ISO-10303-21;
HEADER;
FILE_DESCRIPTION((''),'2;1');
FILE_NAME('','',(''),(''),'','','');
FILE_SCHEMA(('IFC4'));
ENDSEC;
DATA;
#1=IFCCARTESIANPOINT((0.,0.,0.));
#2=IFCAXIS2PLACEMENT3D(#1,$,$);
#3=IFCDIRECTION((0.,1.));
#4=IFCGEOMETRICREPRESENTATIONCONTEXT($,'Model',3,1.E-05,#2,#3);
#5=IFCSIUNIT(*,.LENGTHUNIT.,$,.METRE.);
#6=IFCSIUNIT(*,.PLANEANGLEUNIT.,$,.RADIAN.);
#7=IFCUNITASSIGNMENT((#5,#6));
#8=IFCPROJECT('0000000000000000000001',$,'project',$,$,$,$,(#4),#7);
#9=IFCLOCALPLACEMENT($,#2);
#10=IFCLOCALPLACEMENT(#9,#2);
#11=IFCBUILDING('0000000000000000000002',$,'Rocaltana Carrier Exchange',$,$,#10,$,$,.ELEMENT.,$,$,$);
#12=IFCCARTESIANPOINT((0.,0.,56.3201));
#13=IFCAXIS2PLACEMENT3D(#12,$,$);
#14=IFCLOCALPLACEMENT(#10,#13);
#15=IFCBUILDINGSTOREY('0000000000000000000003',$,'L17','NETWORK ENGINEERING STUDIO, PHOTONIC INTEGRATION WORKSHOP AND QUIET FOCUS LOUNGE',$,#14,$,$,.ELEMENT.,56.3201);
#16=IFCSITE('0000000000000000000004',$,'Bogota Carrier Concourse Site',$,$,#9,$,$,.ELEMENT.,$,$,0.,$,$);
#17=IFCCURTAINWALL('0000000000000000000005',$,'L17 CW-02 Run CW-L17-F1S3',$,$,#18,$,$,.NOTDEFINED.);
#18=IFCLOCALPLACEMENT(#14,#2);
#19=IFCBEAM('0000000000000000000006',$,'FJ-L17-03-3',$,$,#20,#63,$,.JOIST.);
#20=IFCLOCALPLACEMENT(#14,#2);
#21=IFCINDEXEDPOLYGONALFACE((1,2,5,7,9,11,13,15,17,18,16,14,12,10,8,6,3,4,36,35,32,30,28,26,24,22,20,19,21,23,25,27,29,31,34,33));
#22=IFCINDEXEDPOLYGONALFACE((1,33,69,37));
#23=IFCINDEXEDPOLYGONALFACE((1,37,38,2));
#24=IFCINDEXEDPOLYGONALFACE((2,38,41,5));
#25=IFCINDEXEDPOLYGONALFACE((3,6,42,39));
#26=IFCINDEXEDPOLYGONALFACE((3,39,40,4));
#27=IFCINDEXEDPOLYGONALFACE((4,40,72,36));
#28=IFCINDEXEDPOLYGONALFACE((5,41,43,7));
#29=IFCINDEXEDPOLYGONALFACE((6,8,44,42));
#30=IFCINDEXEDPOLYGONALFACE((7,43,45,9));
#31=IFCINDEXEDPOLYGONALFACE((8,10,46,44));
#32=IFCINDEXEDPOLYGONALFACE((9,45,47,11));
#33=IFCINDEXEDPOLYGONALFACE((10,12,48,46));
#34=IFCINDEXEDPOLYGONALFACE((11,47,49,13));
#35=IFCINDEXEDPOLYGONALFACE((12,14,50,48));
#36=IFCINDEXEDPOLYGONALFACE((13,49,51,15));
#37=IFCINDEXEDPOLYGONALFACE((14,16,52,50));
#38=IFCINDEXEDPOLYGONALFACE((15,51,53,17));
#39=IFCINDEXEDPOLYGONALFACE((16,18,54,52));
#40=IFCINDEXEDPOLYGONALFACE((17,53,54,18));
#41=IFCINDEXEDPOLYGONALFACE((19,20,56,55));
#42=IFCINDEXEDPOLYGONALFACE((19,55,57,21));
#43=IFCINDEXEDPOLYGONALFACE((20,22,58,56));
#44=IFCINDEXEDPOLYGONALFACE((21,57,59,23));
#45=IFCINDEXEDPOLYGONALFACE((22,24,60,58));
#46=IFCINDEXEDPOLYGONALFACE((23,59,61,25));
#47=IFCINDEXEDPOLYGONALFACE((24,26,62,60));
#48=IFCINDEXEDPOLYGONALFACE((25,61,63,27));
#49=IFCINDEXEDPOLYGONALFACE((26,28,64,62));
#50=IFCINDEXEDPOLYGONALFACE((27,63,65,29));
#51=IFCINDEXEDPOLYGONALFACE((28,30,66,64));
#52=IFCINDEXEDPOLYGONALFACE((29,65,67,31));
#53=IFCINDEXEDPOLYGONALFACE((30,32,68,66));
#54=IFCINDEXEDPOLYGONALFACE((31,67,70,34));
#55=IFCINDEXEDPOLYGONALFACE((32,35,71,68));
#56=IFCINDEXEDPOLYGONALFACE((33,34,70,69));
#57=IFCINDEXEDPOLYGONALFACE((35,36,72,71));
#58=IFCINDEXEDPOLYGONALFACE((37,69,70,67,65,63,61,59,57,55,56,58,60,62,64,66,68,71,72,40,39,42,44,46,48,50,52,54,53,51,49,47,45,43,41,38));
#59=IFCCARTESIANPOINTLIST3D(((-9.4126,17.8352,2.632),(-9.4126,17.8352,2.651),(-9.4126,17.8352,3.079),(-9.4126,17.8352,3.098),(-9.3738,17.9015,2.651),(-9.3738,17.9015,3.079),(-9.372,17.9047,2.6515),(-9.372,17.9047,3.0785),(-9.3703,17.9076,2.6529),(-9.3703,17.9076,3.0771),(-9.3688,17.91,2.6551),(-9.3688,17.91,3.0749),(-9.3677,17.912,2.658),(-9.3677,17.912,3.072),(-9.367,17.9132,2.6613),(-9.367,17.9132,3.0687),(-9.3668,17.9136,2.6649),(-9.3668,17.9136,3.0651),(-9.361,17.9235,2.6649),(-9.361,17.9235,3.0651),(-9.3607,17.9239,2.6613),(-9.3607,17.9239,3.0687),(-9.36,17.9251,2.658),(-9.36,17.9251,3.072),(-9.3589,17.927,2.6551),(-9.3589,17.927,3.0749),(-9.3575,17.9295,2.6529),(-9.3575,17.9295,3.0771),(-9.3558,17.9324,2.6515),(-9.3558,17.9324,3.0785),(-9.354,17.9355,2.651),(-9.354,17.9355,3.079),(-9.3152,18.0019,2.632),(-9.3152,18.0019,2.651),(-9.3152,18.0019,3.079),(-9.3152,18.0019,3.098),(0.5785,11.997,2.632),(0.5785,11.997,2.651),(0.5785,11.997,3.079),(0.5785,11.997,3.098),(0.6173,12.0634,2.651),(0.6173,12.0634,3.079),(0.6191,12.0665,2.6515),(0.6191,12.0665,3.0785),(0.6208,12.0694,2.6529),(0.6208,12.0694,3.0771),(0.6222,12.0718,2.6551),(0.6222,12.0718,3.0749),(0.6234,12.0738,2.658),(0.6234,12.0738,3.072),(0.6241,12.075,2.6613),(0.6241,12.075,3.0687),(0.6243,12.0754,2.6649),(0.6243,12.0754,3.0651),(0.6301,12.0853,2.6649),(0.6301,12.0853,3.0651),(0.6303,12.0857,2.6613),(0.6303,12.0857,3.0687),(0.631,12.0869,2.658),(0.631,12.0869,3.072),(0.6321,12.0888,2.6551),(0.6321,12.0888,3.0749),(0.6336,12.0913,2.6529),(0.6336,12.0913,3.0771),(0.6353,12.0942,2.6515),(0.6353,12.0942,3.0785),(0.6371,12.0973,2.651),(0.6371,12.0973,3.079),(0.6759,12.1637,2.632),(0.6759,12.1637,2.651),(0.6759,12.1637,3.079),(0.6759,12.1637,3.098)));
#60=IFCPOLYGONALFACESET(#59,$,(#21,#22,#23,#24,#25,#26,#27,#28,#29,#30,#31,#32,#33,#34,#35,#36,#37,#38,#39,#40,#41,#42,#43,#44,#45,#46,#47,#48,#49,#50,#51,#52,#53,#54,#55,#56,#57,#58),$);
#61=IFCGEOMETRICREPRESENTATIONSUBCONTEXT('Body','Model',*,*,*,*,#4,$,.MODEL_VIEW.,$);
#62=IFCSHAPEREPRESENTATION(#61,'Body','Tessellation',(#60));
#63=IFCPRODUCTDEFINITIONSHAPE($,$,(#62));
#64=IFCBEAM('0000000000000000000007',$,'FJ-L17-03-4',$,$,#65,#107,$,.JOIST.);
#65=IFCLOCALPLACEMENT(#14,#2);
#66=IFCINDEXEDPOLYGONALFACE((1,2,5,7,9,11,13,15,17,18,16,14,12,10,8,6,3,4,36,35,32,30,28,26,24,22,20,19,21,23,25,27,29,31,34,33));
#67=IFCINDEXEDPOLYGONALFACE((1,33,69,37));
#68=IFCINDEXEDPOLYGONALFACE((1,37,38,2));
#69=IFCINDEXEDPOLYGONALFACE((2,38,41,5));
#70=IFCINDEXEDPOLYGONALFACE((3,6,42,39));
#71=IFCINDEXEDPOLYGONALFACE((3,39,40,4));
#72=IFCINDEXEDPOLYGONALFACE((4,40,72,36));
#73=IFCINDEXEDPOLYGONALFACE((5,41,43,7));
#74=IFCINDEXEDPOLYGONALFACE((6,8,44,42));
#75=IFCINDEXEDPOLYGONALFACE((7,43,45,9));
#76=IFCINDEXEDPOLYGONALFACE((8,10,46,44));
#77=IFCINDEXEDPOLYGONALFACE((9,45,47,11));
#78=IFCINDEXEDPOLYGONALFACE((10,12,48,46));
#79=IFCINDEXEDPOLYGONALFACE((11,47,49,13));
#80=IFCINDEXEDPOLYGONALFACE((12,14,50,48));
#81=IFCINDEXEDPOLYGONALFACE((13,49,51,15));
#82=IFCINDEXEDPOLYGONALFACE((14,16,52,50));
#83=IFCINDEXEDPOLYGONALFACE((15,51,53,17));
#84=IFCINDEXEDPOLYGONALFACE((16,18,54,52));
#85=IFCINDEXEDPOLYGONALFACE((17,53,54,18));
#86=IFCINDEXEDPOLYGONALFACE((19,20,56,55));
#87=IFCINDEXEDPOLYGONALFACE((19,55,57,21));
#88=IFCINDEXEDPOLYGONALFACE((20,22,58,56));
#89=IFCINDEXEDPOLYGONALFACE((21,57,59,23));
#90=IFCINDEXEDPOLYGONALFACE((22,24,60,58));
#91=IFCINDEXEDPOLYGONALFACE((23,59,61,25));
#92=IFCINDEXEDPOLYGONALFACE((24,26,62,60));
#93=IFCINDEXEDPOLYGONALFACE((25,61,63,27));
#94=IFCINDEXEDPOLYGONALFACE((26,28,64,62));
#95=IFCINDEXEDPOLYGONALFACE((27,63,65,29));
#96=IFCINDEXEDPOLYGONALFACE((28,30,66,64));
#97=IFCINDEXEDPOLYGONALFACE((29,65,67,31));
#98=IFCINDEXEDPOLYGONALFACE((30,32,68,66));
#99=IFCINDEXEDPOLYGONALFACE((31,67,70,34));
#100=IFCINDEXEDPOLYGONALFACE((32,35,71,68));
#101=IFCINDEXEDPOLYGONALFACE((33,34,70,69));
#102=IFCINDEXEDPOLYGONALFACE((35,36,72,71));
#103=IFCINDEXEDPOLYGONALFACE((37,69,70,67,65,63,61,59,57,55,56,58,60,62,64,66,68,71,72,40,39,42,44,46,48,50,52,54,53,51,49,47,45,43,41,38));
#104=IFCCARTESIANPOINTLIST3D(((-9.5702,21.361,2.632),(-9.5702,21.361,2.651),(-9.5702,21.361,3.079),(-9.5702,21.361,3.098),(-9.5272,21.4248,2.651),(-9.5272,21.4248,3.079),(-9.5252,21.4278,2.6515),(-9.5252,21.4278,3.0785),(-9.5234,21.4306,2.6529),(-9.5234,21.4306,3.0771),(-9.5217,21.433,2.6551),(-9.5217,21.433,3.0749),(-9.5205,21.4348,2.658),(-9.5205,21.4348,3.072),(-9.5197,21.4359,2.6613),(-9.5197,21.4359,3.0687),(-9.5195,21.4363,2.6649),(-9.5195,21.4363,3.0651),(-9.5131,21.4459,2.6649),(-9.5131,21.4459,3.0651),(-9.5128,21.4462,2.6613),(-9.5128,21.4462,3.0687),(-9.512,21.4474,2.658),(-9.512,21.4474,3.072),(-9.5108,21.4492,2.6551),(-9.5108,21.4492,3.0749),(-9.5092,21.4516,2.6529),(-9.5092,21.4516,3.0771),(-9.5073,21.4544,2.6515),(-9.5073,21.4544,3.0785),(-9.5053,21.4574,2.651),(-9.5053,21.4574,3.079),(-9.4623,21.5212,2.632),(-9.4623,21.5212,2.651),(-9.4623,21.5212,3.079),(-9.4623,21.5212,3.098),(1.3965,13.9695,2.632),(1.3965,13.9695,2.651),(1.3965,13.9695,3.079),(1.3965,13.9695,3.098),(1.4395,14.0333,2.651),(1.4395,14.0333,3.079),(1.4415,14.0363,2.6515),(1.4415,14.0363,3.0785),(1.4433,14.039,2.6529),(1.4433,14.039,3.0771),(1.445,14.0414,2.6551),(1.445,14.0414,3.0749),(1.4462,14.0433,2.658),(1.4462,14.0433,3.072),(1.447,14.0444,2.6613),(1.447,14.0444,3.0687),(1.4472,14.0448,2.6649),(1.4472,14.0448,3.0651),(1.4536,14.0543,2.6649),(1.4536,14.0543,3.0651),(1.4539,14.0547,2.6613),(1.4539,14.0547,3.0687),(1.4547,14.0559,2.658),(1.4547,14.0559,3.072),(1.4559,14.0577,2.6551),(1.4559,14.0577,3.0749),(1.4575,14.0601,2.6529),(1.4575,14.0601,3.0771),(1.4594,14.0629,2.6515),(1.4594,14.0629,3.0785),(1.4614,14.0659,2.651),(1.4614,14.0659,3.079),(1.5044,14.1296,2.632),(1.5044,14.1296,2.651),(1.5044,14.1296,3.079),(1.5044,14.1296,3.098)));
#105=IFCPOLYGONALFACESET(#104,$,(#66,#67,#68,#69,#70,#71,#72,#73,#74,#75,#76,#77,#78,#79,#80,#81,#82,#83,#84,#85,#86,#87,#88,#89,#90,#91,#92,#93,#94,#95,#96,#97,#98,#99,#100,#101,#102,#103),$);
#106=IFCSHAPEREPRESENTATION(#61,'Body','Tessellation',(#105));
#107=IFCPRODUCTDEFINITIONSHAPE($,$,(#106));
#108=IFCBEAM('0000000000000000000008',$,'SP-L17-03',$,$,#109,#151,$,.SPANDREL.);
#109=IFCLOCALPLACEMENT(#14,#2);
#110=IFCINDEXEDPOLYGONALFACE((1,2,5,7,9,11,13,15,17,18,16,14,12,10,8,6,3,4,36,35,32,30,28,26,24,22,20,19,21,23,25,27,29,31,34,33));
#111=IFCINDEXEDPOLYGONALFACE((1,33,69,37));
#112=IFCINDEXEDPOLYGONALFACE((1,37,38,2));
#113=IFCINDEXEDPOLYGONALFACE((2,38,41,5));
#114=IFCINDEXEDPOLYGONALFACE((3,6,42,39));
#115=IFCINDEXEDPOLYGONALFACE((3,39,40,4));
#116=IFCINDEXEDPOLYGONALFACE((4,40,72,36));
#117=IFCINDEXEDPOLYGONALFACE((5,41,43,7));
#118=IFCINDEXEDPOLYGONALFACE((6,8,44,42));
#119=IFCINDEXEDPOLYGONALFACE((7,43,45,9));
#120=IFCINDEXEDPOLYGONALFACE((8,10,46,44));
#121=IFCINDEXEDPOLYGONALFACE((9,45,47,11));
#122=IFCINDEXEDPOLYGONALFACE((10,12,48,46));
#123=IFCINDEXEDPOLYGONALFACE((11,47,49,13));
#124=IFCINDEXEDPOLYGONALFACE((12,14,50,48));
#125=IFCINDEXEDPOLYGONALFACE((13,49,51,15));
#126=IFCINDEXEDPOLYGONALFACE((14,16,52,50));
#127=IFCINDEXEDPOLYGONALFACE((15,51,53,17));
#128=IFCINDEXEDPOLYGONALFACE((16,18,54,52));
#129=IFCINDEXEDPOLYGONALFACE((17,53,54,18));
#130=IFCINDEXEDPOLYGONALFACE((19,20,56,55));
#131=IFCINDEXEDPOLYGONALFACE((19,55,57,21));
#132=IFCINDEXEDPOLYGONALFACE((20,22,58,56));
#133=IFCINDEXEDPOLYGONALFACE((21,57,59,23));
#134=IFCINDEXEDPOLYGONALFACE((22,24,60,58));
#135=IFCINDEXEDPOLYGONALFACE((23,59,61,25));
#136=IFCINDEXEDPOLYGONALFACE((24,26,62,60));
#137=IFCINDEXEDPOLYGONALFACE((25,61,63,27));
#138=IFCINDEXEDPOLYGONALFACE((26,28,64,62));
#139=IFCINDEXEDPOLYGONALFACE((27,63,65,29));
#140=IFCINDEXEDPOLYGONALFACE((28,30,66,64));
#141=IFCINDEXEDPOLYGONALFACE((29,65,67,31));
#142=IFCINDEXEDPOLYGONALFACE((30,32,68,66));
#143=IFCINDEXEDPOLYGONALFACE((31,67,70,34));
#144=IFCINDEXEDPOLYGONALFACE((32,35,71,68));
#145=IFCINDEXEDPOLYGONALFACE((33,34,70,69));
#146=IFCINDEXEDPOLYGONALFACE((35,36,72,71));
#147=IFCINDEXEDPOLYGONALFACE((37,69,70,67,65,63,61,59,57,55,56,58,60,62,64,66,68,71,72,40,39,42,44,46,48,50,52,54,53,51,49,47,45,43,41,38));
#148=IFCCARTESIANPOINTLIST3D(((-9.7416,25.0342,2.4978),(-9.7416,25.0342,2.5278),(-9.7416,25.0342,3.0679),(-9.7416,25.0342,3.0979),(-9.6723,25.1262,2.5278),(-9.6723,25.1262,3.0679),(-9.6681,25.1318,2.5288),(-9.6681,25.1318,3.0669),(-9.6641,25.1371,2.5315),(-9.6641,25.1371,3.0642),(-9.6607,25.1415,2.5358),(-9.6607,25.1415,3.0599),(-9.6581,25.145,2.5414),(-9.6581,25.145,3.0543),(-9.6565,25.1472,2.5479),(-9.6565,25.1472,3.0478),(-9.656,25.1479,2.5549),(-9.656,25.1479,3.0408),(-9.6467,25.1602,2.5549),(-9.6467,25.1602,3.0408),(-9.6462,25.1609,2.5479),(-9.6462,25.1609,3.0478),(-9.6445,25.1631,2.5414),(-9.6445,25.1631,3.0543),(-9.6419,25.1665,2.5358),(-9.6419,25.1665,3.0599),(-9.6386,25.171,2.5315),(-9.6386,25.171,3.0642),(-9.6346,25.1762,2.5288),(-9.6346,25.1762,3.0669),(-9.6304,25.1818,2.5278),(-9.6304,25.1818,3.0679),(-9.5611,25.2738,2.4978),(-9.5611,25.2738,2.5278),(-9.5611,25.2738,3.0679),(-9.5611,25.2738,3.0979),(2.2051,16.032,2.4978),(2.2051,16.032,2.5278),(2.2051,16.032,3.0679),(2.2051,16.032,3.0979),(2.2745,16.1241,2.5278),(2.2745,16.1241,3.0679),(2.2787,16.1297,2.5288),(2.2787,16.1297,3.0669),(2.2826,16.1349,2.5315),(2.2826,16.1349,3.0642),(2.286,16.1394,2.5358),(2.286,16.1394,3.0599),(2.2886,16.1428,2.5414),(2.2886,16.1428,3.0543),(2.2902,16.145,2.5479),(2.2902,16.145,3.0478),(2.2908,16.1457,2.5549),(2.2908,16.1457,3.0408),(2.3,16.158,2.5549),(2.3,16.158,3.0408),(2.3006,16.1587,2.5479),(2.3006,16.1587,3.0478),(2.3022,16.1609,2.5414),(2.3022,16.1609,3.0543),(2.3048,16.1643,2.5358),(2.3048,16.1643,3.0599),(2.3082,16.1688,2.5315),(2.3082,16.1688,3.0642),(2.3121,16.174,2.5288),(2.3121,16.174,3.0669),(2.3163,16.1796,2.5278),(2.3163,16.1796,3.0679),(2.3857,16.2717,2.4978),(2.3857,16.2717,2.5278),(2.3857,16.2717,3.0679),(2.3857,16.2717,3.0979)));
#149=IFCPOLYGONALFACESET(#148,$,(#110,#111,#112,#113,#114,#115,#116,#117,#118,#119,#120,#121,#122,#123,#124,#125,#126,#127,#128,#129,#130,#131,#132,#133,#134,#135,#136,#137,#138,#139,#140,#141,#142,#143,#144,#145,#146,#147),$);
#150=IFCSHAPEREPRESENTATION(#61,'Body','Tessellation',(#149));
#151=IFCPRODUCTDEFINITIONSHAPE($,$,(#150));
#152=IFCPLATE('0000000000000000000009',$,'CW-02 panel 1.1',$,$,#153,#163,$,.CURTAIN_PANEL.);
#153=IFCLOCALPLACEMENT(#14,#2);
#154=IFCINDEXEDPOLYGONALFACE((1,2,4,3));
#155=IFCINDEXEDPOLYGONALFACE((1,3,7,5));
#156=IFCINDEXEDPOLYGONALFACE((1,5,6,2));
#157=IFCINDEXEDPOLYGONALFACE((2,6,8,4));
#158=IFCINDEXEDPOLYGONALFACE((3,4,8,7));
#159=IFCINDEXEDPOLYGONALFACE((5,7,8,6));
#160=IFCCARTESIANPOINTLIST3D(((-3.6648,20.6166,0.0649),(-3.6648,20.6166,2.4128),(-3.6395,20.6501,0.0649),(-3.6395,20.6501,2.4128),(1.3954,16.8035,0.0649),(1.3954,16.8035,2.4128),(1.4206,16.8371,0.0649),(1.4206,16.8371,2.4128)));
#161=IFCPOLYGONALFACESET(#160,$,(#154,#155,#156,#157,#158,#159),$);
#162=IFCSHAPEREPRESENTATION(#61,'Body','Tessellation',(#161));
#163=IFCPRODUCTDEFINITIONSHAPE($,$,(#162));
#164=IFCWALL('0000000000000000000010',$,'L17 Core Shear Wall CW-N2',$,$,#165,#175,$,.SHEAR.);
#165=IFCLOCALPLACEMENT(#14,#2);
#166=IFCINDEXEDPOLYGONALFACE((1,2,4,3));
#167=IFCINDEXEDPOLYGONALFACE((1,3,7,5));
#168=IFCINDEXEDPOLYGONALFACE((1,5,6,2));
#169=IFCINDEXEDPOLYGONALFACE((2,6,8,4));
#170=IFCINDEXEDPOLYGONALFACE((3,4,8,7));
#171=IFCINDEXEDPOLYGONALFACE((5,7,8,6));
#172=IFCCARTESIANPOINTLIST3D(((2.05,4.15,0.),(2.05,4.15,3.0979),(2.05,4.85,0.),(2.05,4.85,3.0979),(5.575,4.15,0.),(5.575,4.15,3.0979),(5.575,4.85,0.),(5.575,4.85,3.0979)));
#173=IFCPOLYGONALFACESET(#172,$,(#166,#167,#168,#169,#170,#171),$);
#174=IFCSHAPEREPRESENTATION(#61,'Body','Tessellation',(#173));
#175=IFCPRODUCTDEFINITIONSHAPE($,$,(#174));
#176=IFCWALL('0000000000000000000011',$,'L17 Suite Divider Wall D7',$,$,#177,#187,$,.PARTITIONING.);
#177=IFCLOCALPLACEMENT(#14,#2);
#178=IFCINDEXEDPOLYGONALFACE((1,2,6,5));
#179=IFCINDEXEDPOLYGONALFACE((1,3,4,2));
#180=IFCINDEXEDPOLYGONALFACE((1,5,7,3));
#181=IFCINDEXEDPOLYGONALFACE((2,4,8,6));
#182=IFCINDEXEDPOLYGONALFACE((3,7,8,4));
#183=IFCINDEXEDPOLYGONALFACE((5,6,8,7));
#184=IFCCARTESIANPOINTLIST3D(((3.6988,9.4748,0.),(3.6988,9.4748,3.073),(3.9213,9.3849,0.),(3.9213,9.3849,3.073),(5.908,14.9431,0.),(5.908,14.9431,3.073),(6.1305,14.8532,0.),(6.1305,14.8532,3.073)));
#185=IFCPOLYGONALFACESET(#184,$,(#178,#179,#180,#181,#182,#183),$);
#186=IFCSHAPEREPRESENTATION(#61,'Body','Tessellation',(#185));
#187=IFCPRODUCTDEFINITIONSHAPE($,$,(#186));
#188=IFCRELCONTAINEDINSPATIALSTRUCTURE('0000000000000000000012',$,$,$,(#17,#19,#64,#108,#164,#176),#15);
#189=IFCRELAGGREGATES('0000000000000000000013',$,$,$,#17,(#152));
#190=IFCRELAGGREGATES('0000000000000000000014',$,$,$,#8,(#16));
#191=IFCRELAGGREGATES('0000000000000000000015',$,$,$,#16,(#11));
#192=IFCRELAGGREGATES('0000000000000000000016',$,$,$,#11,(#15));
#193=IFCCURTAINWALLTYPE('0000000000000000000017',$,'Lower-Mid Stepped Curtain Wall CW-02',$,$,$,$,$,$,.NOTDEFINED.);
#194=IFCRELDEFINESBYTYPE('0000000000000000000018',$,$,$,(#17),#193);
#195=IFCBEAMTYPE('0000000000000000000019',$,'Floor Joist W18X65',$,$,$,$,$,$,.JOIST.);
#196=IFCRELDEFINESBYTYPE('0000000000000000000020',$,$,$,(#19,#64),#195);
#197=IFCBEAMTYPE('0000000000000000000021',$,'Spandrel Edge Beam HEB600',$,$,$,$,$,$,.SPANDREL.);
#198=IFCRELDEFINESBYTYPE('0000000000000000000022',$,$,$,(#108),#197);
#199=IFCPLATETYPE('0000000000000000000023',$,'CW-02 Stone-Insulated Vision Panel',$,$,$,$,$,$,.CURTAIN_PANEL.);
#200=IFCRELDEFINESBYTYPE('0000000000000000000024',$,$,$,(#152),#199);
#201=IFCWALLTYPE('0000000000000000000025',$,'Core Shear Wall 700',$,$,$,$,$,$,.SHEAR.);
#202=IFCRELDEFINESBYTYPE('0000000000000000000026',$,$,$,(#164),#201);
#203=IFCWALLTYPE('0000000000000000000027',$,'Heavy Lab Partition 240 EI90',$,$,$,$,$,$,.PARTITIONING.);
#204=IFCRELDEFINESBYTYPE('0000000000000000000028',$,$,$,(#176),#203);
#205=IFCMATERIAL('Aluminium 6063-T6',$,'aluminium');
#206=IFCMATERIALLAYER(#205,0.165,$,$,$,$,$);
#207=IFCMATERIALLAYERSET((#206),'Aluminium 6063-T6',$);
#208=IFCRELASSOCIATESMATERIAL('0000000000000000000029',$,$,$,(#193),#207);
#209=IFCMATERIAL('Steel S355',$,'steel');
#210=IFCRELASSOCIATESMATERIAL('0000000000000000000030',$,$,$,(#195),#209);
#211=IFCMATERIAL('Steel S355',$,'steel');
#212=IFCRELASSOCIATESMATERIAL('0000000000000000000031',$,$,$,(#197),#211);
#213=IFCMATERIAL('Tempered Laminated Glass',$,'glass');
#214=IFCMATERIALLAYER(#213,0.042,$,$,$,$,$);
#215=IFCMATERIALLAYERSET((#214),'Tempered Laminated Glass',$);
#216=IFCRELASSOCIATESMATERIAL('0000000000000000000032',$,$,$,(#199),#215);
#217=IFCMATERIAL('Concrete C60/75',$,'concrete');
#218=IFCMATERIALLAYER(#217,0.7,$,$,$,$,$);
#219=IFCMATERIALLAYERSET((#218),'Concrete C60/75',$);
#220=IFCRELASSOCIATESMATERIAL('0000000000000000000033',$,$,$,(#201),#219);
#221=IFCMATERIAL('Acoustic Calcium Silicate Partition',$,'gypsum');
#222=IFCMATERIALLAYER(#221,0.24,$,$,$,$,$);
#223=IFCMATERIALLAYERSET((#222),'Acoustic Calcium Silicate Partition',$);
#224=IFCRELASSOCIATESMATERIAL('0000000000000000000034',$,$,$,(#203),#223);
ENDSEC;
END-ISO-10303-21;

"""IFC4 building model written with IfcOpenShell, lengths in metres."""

from ifc_helpers import new_model, si_unit, direction, frame, frame_2d, origin, origin_2d, place, context, subcontext, project, spatial, rectangle, i_section, extrude, material, layer, layer_set, material_profile, profile_set, type_object, element, aggregate, save


model = new_model("IFC4")

# Units and contexts
model_context = context("Model", 3, precision=1e-05, world=origin(), true_north=direction((0.0, 1.0)))
body_context = subcontext(model_context, "Body", "Model", "MODEL_VIEW")
ifc_project = project(units=[si_unit("LENGTHUNIT", "METRE"), si_unit("PLANEANGLEUNIT", "RADIAN")], contexts=[model_context])

# Site, building, storey
site_placement = place(None, origin())
site = spatial("IfcSite", under=ifc_project, at=site_placement, Name="Bogota Carrier Concourse Site", CompositionType="ELEMENT", RefElevation=0.0)
building_placement = place(site_placement, origin())
building = spatial("IfcBuilding", under=site, at=building_placement, Name="Rocaltana Carrier Exchange", CompositionType="ELEMENT")
storey_placement = place(building_placement, frame((0.0, 0.0, 56.3201)))
storey = spatial("IfcBuildingStorey", under=building, at=storey_placement, Name="L17", Description="NETWORK ENGINEERING STUDIO, PHOTONIC INTEGRATION WORKSHOP AND QUIET FOCUS LOUNGE", CompositionType="ELEMENT", Elevation=56.3201)

# Shared definitions
ifc_material_1 = material(Name="Aluminium 6063-T6", Category="aluminium")
ifc_layer_1 = layer(ifc_material_1, 0.165)
ifc_layer_set_1 = layer_set([ifc_layer_1], Name="Aluminium 6063-T6")
curtain_wall_type = type_object("IfcCurtainWallType", Name="Lower-Mid Stepped Curtain Wall CW-02", PredefinedType="NOTDEFINED", material=ifc_layer_set_1)

# Curtain wall
curtain_wall_1_placement = place(storey_placement, origin())
curtain_wall_1 = element("IfcCurtainWall", 1, at=curtain_wall_1_placement, inside=storey, type_object=curtain_wall_type, Name="L17 CW-02 Run CW-L17-F1S3", PredefinedType="NOTDEFINED")

# Beams
ifc_material_2 = material(Name="Steel S355", Category="steel")
ifc_material_profile_1 = material_profile(ifc_material_2, i_section(OverallWidth=0.1931, OverallDepth=0.4661, WebThickness=0.0115, FlangeThickness=0.019, FilletRadius=0.0139, at=origin_2d()), Name="W18X65")
ifc_profile_set_1 = profile_set([ifc_material_profile_1], Name="Steel S355")
beam_type_1 = type_object("IfcBeamType", Name="Floor Joist W18X65", PredefinedType="JOIST", material=ifc_profile_set_1)
beam_1_placement = place(storey_placement, frame((0.6272, 12.0803, 2.865), z_axis=(-0.8634, 0.50452, 0.0), x_axis=(-0.50452, -0.8634, 0.0)))
element("IfcBeam", 2, at=beam_1_placement, inside=storey, type_object=beam_type_1, Name="FJ-L17-03-3", PredefinedType="JOIST", context=body_context, shape_type="SweptSolid", body=[
    extrude(i_section(OverallWidth=0.1931, OverallDepth=0.4661, WebThickness=0.0115, FlangeThickness=0.019, FilletRadius=0.0139, at=origin_2d()), origin(), (0.0, 0.0, 1.0), 11.5718),
])
beam_2_placement = place(storey_placement, frame((1.4504, 14.0496, 2.865), z_axis=(-0.829234, 0.558902, 0.0), x_axis=(-0.558902, -0.829234, 0.0)))
element("IfcBeam", 3, at=beam_2_placement, inside=storey, type_object=beam_type_1, Name="FJ-L17-03-4", PredefinedType="JOIST", context=body_context, shape_type="SweptSolid", body=[
    extrude(i_section(OverallWidth=0.1931, OverallDepth=0.4661, WebThickness=0.0115, FlangeThickness=0.019, FilletRadius=0.0139, at=origin_2d()), origin(), (0.0, 0.0, 1.0), 13.2251),
])
ifc_material_3 = material(Name="Steel S355", Category="steel")
ifc_material_profile_2 = material_profile(ifc_material_3, i_section(OverallWidth=0.3, OverallDepth=0.6001, WebThickness=0.0154, FlangeThickness=0.03, FilletRadius=0.0271, at=origin_2d()), Name="HEB600")
ifc_profile_set_2 = profile_set([ifc_material_profile_2], Name="Steel S355")
beam_type_2 = type_object("IfcBeamType", Name="Spandrel Edge Beam HEB600", PredefinedType="SPANDREL", material=ifc_profile_set_2)
beam_3_placement = place(storey_placement, frame((2.2954, 16.1519, 2.7979), z_axis=(-0.798647, 0.6018, 0.0), x_axis=(-0.6018, -0.798647, 0.0)))
element("IfcBeam", 4, at=beam_3_placement, inside=storey, type_object=beam_type_2, Name="SP-L17-03", PredefinedType="SPANDREL", context=body_context, shape_type="SweptSolid", body=[
    extrude(i_section(OverallWidth=0.3, OverallDepth=0.6001, WebThickness=0.0154, FlangeThickness=0.03, FilletRadius=0.0271, at=origin_2d()), origin(), (0.0, 0.0, 1.0), 14.9587),
])

# Plate
ifc_material_4 = material(Name="Tempered Laminated Glass", Category="glass")
ifc_layer_2 = layer(ifc_material_4, 0.042)
ifc_layer_set_2 = layer_set([ifc_layer_2], Name="Tempered Laminated Glass")
plate_type = type_object("IfcPlateType", Name="CW-02 Stone-Insulated Vision Panel", PredefinedType="CURTAIN_PANEL", material=ifc_layer_set_2)
plate_placement = place(storey_placement, frame((-1.1221, 18.7268, 0.0649), z_axis=(0.0, 0.0, 1.0), x_axis=(-0.798638, 0.601812, 0.0)))
plate = element("IfcPlate", 5, at=plate_placement, type_object=plate_type, Name="CW-02 panel 1.1", PredefinedType="CURTAIN_PANEL", context=body_context, shape_type="SweptSolid", body=[
    extrude(rectangle(XDim=6.3359, YDim=0.042, at=origin_2d()), origin(), (0.0, 0.0, 1.0), 2.3479),
])
aggregate(curtain_wall_1, [plate])

# Walls
ifc_material_5 = material(Name="Concrete C60/75", Category="concrete")
ifc_layer_3 = layer(ifc_material_5, 0.7)
ifc_layer_set_3 = layer_set([ifc_layer_3], Name="Concrete C60/75")
wall_type_1 = type_object("IfcWallType", Name="Core Shear Wall 700", PredefinedType="SHEAR", material=ifc_layer_set_3)
wall_1_placement = place(storey_placement, frame((2.05, 4.5, 0.0), z_axis=(0.0, 0.0, 1.0), x_axis=(1.0, 0.0, 0.0)))
element("IfcWall", 6, at=wall_1_placement, inside=storey, type_object=wall_type_1, Name="L17 Core Shear Wall CW-N2", PredefinedType="SHEAR", context=body_context, shape_type="SweptSolid", body=[
    extrude(rectangle(XDim=3.5249, YDim=0.7, at=frame_2d((1.7625, 0.0))), origin(), (0.0, 0.0, 1.0), 3.0979),
])
ifc_material_6 = material(Name="Acoustic Calcium Silicate Partition", Category="gypsum")
ifc_layer_4 = layer(ifc_material_6, 0.24)
ifc_layer_set_4 = layer_set([ifc_layer_4], Name="Acoustic Calcium Silicate Partition")
wall_type_2 = type_object("IfcWallType", Name="Heavy Lab Partition 240 EI90", PredefinedType="PARTITIONING", material=ifc_layer_set_4)
wall_2_placement = place(storey_placement, frame((3.8101, 9.4299, 0.0), z_axis=(0.0, 0.0, 1.0), x_axis=(0.374593, 0.927189, 0.0)))
element("IfcWall", 7, at=wall_2_placement, inside=storey, type_object=wall_type_2, Name="L17 Suite Divider Wall D7", PredefinedType="PARTITIONING", context=body_context, shape_type="SweptSolid", body=[
    extrude(rectangle(XDim=5.8977, YDim=0.24, at=frame_2d((2.9487, 0.0))), origin(), (0.0, 0.0, 1.0), 3.073),
])

save(model, "model.ifc")
